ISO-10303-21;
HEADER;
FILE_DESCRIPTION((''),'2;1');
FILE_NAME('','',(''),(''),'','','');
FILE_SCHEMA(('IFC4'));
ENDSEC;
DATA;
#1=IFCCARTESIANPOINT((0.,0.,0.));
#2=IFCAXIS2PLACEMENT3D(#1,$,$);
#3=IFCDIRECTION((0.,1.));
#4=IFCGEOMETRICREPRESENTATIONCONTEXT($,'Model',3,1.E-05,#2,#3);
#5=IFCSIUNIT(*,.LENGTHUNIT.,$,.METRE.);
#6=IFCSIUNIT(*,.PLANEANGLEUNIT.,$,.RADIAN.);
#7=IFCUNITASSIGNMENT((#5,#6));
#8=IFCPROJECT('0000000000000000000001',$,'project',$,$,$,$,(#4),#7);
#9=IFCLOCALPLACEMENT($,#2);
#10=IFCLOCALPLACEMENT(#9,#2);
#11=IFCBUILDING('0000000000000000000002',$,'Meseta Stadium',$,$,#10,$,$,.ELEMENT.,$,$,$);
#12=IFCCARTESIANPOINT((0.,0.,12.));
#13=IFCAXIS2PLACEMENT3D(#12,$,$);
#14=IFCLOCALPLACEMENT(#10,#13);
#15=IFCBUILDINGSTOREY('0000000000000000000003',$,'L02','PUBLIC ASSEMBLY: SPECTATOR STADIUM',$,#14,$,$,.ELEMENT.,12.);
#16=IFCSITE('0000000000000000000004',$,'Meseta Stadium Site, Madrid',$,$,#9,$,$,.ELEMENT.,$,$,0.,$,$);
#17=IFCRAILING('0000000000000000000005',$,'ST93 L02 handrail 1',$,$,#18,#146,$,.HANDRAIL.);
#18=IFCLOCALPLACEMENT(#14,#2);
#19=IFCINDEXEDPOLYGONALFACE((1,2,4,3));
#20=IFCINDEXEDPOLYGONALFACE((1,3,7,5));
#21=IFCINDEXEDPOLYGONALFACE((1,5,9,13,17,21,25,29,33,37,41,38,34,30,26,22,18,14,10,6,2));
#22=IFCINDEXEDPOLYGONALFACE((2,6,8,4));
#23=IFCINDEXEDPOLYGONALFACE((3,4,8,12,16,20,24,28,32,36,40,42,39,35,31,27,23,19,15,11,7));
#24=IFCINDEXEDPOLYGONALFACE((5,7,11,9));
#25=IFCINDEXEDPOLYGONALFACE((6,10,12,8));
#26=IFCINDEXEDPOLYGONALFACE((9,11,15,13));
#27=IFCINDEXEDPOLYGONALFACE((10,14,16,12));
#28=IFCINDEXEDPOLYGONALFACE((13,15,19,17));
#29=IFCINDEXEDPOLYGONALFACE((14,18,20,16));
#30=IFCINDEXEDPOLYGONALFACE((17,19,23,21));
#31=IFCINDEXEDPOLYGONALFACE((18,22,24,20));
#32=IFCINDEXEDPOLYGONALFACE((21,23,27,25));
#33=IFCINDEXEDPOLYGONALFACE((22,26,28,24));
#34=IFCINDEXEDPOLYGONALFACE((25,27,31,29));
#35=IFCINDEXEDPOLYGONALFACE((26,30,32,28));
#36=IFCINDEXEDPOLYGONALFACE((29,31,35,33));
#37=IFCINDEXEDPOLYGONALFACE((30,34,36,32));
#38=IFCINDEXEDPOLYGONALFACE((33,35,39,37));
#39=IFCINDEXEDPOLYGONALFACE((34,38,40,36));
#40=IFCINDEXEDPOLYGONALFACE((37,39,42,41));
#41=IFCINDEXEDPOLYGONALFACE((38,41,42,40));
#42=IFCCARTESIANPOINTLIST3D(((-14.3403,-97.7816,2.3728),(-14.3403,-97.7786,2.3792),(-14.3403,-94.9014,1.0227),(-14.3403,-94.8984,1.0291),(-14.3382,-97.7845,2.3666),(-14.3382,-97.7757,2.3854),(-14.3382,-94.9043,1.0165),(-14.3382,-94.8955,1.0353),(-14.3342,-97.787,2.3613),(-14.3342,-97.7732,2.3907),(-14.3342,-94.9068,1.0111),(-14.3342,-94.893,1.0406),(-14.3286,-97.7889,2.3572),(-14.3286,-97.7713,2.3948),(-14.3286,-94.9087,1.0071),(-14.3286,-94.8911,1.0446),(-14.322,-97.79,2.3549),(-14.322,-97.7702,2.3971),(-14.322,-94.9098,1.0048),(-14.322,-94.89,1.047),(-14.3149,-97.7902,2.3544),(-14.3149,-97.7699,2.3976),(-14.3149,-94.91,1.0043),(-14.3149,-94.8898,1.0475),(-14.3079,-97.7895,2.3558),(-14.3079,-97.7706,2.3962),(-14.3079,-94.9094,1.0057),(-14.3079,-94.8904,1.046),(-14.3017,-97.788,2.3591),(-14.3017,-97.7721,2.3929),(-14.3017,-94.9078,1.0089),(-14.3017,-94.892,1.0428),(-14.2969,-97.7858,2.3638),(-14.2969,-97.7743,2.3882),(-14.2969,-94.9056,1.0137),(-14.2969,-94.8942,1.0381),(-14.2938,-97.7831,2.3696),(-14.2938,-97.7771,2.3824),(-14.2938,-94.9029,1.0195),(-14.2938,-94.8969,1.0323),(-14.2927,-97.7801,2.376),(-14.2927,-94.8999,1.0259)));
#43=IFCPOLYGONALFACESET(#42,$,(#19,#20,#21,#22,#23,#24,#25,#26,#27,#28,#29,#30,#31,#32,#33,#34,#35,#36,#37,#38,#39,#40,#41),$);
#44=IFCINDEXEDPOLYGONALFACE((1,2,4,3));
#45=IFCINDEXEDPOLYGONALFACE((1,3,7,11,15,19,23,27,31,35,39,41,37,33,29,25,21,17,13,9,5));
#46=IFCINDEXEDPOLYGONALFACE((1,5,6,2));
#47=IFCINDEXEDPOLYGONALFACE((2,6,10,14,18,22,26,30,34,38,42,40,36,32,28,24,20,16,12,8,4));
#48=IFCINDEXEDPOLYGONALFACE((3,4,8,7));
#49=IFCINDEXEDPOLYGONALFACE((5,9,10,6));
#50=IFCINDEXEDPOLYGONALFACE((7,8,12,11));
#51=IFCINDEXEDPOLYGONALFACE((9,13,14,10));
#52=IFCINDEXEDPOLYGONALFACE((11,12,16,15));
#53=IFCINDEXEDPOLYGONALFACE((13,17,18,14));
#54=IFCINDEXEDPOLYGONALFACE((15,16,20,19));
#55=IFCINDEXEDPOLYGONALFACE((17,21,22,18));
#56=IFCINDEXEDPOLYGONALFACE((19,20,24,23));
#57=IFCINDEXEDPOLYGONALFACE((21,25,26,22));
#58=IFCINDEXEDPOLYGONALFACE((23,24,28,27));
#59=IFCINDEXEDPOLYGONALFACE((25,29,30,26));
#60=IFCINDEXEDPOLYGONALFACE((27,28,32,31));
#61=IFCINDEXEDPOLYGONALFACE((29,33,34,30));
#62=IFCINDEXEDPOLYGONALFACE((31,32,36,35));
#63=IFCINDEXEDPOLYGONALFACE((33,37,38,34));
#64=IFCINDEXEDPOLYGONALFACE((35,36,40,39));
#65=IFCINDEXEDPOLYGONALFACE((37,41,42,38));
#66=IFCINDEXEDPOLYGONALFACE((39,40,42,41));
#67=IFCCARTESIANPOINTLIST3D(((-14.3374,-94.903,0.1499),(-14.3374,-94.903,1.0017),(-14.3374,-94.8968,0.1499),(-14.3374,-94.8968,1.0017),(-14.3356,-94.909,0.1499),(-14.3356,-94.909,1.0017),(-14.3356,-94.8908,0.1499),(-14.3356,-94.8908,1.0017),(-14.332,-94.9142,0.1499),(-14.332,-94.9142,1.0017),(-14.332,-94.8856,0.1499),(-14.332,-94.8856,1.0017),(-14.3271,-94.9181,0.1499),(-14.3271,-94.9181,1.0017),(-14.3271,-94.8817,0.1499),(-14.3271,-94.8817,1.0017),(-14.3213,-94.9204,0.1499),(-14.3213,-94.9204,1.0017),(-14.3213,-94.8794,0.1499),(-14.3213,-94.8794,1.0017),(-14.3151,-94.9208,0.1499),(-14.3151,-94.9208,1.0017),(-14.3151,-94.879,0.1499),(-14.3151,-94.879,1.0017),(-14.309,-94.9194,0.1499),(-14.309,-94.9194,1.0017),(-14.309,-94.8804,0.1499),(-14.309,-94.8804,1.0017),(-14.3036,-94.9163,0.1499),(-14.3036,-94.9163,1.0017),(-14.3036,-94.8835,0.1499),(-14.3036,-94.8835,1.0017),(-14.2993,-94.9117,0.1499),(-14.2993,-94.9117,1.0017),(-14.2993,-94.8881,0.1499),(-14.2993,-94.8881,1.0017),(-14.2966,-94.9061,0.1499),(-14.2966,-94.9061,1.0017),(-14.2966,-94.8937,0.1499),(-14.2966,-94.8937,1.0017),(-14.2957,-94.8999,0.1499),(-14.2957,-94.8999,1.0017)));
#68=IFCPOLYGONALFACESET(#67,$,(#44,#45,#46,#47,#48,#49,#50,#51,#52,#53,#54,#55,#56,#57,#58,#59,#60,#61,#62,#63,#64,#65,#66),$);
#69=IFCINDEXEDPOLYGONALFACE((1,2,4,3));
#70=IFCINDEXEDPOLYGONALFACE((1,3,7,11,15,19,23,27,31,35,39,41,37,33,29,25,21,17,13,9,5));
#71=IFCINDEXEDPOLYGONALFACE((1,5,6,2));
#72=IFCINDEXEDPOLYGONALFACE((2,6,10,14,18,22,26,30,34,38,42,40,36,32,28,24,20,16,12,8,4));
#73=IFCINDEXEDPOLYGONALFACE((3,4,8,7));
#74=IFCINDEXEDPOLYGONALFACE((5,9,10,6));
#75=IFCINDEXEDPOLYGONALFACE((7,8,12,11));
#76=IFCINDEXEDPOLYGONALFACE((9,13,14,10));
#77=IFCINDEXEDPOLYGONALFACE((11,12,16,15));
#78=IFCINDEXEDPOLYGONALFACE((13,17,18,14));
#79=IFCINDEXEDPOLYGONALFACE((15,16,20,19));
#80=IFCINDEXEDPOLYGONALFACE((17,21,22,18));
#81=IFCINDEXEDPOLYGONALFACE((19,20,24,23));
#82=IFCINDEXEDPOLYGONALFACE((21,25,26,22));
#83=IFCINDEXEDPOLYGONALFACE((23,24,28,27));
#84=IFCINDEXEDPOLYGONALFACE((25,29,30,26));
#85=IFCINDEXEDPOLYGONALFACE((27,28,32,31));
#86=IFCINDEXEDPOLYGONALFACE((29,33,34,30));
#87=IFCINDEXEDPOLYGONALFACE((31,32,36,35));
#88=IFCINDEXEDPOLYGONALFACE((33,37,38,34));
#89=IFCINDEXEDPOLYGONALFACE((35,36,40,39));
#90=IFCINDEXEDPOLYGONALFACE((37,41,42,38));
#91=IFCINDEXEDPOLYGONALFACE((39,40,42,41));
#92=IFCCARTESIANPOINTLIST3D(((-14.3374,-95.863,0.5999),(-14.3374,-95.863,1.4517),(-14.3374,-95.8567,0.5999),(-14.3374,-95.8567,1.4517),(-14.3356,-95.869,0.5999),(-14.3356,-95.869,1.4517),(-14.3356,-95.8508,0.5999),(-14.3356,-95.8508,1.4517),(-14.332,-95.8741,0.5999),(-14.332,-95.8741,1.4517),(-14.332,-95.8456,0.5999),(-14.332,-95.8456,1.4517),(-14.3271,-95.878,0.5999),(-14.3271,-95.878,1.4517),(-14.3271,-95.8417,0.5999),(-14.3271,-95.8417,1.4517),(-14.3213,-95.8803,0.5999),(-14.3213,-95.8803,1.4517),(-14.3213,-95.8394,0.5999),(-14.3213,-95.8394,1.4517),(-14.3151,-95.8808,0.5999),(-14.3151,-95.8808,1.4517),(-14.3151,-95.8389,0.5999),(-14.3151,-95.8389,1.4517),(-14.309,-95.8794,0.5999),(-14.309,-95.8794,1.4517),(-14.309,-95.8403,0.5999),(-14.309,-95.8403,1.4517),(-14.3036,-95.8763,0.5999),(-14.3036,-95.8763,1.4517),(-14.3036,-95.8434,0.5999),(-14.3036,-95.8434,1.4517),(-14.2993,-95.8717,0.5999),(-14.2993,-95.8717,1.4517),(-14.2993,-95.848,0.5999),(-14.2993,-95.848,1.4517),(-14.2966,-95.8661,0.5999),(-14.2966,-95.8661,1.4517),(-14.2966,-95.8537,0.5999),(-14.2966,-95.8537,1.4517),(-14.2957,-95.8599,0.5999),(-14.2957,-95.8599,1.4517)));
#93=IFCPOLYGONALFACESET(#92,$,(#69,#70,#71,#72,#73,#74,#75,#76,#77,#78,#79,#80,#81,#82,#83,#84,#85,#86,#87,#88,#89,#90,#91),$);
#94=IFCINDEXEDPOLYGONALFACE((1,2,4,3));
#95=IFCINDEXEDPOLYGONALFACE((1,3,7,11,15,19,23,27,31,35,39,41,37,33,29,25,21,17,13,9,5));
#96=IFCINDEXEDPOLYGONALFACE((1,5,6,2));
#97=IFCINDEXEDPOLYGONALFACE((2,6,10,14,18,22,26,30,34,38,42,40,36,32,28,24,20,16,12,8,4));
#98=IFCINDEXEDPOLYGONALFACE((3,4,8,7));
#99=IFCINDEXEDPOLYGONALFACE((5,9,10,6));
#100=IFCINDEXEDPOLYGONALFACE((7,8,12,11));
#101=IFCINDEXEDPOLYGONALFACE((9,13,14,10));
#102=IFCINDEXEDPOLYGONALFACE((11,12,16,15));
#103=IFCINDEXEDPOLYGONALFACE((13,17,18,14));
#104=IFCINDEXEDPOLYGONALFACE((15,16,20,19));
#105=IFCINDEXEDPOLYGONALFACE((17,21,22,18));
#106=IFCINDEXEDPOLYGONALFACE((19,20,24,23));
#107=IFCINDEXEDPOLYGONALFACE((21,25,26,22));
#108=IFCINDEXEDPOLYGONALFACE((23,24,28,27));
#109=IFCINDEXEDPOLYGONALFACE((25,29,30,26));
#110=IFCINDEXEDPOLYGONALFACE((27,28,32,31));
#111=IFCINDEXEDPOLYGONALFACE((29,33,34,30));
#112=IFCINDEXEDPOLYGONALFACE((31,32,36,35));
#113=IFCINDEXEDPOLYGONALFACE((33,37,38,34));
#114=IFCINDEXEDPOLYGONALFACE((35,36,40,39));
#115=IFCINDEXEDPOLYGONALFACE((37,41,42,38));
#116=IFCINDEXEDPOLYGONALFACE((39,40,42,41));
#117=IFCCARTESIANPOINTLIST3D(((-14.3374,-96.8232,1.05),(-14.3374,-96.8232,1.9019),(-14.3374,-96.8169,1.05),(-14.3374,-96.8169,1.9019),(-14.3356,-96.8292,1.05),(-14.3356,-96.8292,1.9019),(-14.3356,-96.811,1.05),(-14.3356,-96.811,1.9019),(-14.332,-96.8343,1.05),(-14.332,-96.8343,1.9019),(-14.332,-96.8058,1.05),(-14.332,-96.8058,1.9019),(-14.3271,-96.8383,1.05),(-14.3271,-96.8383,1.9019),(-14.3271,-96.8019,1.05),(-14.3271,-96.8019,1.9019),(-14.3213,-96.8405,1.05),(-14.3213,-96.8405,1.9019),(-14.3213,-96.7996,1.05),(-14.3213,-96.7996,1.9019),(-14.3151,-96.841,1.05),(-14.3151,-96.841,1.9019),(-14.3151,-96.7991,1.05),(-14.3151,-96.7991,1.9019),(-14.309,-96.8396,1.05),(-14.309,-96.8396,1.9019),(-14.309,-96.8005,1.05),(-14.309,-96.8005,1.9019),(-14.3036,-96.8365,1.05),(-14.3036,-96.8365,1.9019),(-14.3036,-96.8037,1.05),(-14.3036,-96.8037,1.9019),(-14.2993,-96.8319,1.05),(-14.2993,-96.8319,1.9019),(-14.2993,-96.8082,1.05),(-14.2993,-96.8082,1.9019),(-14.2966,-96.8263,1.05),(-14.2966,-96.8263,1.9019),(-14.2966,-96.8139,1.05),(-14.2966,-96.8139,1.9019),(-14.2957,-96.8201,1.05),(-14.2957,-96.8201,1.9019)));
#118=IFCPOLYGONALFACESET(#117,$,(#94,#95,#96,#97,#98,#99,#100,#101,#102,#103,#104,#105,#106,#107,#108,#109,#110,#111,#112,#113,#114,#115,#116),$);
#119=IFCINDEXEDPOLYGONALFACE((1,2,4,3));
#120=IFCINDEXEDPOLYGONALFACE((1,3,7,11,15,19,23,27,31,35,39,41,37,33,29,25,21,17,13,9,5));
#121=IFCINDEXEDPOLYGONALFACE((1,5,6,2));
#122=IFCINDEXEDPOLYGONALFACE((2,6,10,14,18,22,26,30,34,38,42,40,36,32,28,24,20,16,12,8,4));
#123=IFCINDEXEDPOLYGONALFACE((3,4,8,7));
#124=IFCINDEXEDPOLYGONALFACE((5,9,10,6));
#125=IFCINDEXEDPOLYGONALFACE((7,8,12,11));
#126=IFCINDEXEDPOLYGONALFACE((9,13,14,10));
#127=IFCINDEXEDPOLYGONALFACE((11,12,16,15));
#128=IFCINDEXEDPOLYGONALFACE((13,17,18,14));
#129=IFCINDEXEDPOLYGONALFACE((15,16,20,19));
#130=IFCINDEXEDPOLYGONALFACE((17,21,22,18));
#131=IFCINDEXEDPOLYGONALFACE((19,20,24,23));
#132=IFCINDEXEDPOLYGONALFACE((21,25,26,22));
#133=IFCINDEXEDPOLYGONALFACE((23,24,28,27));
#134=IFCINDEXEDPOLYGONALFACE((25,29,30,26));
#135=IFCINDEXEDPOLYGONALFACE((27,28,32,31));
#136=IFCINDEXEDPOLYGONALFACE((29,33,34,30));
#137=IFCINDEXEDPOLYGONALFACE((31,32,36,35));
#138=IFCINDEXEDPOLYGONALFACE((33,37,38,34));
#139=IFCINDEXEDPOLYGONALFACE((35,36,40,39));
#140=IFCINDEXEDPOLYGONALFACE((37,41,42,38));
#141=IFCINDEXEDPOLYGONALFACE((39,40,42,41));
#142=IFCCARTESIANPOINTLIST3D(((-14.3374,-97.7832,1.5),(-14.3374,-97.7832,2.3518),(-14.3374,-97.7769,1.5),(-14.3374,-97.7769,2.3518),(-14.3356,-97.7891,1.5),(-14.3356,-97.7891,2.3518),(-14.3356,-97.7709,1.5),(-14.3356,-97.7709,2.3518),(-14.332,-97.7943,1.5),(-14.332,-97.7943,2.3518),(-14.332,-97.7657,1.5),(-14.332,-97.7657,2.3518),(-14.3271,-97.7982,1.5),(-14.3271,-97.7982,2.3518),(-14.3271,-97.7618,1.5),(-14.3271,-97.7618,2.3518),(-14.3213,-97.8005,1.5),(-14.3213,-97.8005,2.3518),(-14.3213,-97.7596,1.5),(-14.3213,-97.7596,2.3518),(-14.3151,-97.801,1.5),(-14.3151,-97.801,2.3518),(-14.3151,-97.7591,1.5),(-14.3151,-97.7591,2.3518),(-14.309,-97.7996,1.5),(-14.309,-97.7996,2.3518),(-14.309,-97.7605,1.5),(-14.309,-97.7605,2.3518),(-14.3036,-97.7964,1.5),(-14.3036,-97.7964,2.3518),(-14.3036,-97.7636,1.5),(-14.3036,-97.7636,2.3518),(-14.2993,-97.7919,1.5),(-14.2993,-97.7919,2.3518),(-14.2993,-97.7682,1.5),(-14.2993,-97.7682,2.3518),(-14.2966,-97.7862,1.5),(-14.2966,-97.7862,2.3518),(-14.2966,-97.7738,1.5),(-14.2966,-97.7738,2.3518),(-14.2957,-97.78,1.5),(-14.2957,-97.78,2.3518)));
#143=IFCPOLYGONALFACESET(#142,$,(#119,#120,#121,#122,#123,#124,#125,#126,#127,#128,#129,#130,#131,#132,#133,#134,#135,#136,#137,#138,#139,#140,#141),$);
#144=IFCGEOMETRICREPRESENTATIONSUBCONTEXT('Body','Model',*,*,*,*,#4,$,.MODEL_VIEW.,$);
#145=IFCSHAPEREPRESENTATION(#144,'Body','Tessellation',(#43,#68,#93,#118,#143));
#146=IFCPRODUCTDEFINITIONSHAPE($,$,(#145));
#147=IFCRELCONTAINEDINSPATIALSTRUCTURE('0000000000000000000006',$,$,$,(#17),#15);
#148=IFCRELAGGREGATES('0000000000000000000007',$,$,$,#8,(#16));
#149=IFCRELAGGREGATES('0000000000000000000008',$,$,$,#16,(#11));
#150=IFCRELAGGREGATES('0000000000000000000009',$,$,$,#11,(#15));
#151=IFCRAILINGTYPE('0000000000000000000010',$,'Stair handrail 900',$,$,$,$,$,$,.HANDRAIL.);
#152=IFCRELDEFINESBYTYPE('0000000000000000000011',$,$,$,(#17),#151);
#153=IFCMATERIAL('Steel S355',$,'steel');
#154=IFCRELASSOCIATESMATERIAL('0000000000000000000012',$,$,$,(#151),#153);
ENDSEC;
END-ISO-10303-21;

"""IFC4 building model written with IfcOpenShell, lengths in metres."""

from ifc_helpers import new_model, si_unit, direction, frame, origin, origin_2d, place, context, subcontext, project, spatial, circle, extrude, material, type_object, element, save


model = new_model("IFC4")

# Units and contexts
model_context = context("Model", 3, precision=1e-05, world=origin(), true_north=direction((0.0, 1.0)))
body_context = subcontext(model_context, "Body", "Model", "MODEL_VIEW")
ifc_project = project(units=[si_unit("LENGTHUNIT", "METRE"), si_unit("PLANEANGLEUNIT", "RADIAN")], contexts=[model_context])

# Site, building, storey
site_placement = place(None, origin())
site = spatial("IfcSite", under=ifc_project, at=site_placement, Name="Meseta Stadium Site, Madrid", CompositionType="ELEMENT", RefElevation=0.0)
building_placement = place(site_placement, origin())
building = spatial("IfcBuilding", under=site, at=building_placement, Name="Meseta Stadium", CompositionType="ELEMENT")
storey_placement = place(building_placement, frame((0.0, 0.0, 12.0)))
storey = spatial("IfcBuildingStorey", under=building, at=storey_placement, Name="L02", Description="PUBLIC ASSEMBLY: SPECTATOR STADIUM", CompositionType="ELEMENT", Elevation=12.0)

# Railing
ifc_material_1 = material(Name="Steel S355", Category="steel")
railing_type_1 = type_object("IfcRailingType", Name="Stair handrail 900", PredefinedType="HANDRAIL", material=ifc_material_1)
railing_1_placement = place(storey_placement, frame((-14.3167, -94.8999, 0.1499)))
element("IfcRailing", 1, at=railing_1_placement, inside=storey, type_object=railing_type_1, Name="ST93 L02 handrail 1", PredefinedType="HANDRAIL", context=body_context, shape_type="SweptSolid", body=[
    extrude(circle(Radius=0.0239, at=origin_2d()), frame((0.0, 0.0, 0.876), z_axis=(0.0, -0.905454, 0.424444), x_axis=(1.0, 0.0, 0.0)), (0.0, 0.0, 1.0), 3.1809),
    extrude(circle(Radius=0.021, at=origin_2d()), origin(), (0.0, 0.0, 1.0), 0.8518),
    extrude(circle(Radius=0.021, at=origin_2d()), frame((0.0, -0.96, 0.45)), (0.0, 0.0, 1.0), 0.8518),
    extrude(circle(Radius=0.021, at=origin_2d()), frame((0.0, -1.9202, 0.9001)), (0.0, 0.0, 1.0), 0.8518),
    extrude(circle(Radius=0.021, at=origin_2d()), frame((0.0, -2.8801, 1.3501)), (0.0, 0.0, 1.0), 0.8518),
])

save(model, "model.ifc")
